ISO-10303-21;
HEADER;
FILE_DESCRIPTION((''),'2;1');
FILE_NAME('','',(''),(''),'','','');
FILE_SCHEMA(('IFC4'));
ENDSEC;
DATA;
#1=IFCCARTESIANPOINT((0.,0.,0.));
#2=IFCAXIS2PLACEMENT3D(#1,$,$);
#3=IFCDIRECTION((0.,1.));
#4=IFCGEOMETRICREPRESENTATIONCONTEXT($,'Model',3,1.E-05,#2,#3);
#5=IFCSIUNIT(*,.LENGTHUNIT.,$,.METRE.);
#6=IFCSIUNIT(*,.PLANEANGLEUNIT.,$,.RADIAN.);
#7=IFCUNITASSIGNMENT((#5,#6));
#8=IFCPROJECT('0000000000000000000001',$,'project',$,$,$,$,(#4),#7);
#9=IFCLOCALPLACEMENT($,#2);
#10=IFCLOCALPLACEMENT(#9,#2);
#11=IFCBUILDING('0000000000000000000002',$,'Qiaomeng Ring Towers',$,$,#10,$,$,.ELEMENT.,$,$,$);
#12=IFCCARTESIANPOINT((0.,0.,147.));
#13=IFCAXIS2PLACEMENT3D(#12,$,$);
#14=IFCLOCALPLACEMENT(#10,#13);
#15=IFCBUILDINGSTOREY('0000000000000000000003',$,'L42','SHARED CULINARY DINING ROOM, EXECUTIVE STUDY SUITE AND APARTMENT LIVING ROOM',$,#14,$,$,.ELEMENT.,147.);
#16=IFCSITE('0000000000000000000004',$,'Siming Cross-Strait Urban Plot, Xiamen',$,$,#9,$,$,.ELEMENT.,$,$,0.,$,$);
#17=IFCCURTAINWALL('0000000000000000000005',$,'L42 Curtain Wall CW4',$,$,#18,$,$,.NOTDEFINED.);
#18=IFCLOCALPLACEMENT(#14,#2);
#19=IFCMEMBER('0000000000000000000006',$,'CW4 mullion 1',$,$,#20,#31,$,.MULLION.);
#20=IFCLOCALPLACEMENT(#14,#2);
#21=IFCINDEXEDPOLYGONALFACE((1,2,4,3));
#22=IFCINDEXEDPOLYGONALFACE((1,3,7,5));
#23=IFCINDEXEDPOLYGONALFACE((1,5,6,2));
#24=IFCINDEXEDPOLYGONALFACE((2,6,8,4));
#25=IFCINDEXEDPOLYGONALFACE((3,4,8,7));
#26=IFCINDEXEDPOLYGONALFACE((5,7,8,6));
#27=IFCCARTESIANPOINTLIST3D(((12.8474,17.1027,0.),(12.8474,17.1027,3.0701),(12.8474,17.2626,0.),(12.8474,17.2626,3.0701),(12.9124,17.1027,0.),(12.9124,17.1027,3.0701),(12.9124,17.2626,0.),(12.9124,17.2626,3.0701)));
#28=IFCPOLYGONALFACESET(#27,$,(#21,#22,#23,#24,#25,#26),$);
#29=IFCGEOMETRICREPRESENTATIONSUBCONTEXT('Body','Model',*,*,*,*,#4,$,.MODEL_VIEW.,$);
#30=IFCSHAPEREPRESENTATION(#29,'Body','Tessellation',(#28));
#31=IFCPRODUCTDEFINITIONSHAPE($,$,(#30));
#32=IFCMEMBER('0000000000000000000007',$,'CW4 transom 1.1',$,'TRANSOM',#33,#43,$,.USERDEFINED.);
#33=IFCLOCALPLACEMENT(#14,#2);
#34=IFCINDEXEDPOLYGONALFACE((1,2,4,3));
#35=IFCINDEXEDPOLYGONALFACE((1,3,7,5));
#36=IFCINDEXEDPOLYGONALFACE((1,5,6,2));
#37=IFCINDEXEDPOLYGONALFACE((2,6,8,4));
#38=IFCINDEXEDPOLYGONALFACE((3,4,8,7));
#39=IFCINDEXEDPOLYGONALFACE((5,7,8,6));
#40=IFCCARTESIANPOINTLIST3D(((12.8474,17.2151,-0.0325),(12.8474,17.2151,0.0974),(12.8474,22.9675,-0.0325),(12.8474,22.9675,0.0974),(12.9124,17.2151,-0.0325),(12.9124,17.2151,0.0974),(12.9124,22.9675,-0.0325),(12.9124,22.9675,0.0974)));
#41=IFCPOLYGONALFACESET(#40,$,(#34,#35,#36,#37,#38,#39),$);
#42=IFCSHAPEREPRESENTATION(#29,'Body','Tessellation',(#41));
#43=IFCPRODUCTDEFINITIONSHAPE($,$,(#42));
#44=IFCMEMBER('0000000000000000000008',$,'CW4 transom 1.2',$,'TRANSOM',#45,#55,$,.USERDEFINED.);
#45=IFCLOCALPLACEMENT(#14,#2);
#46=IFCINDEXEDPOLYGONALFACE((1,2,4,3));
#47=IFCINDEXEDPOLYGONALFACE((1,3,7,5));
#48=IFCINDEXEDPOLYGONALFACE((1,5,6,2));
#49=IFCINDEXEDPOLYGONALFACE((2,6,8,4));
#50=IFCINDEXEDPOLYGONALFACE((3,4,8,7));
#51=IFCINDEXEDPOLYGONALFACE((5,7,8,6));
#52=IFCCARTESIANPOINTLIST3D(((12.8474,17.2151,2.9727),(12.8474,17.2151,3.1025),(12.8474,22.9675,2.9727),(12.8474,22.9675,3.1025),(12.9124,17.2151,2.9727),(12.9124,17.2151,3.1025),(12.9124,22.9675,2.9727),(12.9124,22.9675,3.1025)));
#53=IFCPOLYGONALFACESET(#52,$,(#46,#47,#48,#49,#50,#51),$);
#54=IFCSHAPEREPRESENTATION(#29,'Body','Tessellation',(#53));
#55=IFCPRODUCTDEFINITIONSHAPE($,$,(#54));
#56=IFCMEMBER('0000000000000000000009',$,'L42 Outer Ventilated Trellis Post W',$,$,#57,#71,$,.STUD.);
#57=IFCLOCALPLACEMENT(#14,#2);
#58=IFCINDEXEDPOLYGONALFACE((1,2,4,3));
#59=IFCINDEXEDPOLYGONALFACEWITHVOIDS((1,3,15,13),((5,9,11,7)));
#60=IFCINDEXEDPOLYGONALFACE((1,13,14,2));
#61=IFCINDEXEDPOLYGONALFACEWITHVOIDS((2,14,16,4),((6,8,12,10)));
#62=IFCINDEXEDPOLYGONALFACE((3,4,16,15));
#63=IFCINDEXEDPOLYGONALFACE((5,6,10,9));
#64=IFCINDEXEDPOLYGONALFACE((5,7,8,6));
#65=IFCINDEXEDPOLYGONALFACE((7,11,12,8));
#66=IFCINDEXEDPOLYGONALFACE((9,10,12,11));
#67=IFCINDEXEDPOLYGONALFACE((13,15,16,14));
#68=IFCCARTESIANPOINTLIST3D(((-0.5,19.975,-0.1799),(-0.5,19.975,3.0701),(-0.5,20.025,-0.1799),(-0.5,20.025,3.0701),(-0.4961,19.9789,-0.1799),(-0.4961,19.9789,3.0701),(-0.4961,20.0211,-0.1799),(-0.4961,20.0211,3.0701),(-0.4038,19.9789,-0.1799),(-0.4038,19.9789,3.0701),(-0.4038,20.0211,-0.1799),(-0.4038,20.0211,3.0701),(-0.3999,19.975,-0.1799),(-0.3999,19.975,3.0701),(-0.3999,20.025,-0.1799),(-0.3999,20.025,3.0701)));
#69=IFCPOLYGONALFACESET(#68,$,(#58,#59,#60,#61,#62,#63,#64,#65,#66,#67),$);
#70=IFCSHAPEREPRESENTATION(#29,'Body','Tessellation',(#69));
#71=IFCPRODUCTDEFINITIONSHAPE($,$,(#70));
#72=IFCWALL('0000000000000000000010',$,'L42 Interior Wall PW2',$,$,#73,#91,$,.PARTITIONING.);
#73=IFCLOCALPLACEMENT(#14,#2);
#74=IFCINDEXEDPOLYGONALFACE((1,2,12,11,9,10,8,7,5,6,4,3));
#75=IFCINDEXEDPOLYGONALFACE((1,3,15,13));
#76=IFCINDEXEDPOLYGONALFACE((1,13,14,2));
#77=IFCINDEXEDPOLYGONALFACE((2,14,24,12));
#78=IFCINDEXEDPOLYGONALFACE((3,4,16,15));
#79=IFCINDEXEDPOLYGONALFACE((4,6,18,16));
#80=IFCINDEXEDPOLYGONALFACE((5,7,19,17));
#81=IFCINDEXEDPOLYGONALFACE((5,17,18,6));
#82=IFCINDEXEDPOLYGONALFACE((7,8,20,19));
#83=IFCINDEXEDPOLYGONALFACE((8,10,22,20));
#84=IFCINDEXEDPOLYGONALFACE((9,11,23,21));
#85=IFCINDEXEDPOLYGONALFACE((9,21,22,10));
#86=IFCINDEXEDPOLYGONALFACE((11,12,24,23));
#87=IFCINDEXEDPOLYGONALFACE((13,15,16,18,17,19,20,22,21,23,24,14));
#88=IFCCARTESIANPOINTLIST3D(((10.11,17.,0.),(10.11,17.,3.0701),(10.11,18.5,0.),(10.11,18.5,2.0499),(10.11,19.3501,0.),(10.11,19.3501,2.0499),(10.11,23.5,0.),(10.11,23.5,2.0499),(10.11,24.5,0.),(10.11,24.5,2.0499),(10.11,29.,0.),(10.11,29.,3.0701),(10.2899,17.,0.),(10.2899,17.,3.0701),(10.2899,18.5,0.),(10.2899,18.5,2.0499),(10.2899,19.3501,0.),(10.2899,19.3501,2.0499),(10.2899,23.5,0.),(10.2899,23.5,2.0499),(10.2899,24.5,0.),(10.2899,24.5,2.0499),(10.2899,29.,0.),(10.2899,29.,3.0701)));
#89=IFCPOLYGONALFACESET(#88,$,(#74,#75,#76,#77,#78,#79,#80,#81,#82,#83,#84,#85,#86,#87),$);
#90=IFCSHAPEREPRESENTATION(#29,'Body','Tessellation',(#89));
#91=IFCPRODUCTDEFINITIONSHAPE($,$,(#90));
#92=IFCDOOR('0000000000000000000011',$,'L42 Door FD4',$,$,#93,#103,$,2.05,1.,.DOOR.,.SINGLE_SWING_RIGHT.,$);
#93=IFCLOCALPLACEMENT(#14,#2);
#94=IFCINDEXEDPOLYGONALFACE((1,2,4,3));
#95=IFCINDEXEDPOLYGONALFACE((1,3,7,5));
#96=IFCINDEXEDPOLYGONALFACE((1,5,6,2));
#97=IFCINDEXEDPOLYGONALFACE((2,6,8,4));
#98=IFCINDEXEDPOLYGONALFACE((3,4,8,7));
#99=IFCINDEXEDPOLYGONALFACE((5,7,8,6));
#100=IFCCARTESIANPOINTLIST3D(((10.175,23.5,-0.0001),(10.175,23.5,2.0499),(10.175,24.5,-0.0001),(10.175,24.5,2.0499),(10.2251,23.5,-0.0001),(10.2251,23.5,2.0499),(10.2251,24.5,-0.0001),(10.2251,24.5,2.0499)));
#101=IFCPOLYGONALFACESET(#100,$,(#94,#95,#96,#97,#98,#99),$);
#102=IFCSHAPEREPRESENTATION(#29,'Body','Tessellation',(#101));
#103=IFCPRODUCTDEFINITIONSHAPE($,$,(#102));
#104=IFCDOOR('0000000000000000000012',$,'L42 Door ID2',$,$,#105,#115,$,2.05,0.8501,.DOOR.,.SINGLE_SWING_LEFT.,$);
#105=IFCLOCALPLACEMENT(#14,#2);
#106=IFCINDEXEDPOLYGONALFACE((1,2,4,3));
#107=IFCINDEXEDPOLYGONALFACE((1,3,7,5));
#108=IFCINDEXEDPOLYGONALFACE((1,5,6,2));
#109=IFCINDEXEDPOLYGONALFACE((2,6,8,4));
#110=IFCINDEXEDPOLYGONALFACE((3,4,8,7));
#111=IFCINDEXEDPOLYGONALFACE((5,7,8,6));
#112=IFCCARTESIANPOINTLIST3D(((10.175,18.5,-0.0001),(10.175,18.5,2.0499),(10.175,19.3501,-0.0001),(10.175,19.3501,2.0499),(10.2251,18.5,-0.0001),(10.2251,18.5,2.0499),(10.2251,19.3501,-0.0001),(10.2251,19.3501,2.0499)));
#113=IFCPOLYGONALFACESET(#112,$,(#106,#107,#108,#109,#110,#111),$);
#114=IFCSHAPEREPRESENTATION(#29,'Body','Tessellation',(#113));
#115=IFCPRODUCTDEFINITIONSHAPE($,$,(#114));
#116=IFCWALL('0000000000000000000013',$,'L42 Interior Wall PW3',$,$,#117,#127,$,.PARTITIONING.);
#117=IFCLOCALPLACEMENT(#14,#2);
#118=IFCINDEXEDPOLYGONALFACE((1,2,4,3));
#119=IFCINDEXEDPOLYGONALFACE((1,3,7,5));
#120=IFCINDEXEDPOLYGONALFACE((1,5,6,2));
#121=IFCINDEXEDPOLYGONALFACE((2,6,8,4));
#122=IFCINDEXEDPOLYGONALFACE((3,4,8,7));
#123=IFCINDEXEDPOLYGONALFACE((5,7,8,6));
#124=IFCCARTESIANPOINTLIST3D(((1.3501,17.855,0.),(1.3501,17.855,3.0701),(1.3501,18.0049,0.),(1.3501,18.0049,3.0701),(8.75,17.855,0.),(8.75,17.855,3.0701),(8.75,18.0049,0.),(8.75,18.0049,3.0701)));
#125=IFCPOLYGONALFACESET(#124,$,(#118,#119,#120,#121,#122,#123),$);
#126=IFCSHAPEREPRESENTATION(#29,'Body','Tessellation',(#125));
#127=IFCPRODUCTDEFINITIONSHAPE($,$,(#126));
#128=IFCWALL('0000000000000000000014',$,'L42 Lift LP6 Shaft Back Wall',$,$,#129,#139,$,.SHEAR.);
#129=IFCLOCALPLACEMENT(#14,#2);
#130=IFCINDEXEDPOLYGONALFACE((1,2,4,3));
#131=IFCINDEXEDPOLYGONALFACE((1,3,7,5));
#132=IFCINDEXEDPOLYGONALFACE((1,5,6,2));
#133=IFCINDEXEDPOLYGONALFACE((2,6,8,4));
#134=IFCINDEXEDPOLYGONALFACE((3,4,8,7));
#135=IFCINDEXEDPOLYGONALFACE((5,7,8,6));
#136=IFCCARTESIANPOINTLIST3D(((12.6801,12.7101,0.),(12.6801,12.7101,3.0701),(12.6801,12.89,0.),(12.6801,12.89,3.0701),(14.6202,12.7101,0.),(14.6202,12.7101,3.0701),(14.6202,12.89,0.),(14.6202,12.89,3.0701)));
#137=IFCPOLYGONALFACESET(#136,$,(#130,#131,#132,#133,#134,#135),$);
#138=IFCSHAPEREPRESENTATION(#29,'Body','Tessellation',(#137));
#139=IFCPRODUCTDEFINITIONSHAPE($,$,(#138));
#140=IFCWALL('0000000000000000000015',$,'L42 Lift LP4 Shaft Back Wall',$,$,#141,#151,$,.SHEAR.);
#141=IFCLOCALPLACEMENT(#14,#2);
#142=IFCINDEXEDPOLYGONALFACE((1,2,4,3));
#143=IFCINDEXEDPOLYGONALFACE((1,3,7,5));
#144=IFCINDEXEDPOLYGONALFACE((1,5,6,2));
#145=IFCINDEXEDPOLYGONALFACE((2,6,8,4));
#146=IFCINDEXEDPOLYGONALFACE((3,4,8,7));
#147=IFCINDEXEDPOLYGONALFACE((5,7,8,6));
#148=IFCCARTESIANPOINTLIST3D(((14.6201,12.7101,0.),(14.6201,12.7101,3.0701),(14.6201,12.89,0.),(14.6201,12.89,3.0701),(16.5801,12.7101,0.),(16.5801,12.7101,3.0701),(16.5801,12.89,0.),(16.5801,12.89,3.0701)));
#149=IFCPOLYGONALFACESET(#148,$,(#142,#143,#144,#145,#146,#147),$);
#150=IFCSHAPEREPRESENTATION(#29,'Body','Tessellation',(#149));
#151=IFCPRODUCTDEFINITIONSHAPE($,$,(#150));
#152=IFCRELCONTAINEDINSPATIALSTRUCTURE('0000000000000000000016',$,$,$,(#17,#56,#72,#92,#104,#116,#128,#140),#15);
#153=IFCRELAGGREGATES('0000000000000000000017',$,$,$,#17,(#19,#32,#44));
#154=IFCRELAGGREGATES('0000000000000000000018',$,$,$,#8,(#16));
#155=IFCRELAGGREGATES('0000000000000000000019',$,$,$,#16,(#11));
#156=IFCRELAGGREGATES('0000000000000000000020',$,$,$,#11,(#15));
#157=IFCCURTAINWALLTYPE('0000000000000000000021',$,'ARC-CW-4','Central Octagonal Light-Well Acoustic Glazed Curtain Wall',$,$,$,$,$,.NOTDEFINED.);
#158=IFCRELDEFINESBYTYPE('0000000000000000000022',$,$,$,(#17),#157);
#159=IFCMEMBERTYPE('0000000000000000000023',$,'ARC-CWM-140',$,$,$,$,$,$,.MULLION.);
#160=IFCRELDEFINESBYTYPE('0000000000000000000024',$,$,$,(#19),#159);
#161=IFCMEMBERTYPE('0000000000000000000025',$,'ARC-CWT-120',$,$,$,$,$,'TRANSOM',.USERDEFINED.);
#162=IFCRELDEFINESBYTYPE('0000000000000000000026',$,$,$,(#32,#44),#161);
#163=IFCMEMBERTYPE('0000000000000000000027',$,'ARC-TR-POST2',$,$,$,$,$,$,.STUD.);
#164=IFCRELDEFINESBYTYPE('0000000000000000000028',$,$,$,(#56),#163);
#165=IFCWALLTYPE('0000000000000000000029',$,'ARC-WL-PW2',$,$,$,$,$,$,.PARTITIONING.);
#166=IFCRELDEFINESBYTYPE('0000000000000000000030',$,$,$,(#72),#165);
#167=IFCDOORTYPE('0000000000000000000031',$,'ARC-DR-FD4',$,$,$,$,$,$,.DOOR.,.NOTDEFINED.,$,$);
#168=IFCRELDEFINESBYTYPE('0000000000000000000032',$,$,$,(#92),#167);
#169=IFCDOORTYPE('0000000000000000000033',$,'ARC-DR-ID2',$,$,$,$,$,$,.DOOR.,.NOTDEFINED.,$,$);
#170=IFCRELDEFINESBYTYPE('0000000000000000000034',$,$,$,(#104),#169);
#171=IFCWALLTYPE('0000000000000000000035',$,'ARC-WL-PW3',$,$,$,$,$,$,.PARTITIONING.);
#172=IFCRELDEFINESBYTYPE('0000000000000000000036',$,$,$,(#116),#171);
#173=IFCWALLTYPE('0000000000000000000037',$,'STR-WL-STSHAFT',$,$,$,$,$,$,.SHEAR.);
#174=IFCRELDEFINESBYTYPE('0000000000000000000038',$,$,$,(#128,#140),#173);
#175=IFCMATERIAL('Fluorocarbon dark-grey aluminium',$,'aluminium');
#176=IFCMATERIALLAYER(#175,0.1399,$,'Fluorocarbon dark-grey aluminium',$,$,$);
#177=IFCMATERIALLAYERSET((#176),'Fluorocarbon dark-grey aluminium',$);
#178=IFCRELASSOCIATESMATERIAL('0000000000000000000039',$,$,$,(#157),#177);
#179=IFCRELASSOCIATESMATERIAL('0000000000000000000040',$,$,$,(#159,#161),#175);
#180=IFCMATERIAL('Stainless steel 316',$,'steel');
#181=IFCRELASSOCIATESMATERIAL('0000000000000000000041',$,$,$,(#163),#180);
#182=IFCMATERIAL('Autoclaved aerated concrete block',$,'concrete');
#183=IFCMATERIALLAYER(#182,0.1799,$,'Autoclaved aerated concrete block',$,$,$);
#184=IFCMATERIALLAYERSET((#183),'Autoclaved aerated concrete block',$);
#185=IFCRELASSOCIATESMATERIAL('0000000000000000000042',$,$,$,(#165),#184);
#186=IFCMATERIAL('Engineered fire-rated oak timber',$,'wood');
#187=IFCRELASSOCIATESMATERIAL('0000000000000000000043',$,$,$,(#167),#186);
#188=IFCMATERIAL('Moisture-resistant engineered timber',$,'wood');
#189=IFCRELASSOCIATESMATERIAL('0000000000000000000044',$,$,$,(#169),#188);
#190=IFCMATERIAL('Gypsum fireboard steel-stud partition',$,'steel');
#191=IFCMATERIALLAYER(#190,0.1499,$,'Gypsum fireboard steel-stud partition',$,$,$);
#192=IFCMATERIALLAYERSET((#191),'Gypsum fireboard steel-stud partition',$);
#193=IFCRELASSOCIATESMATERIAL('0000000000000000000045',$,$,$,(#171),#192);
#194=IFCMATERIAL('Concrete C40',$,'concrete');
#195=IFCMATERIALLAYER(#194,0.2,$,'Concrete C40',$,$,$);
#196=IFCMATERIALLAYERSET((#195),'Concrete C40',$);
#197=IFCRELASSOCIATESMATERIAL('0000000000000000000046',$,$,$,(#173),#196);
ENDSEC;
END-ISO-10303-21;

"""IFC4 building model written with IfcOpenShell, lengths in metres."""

from ifc_helpers import new_model, si_unit, direction, frame, frame_2d, origin, origin_2d, place, context, subcontext, project, spatial, rectangle, hollow_rectangle, extrude, source, transform, mapped, material, layer, layer_set, material_profile, profile_set, type_object, element, fill, aggregate, save


model = new_model("IFC4")

# Units and contexts
model_context = context("Model", 3, precision=1e-05, world=origin(), true_north=direction((0.0, 1.0)))
body_context = subcontext(model_context, "Body", "Model", "MODEL_VIEW")
ifc_project = project(units=[si_unit("LENGTHUNIT", "METRE"), si_unit("PLANEANGLEUNIT", "RADIAN")], contexts=[model_context])

# Site, building, storey
site_placement = place(None, origin())
site = spatial("IfcSite", under=ifc_project, at=site_placement, Name="Siming Cross-Strait Urban Plot, Xiamen", CompositionType="ELEMENT", RefElevation=0.0)
building_placement = place(site_placement, origin())
building = spatial("IfcBuilding", under=site, at=building_placement, Name="Qiaomeng Ring Towers", CompositionType="ELEMENT")
storey_placement = place(building_placement, frame((0.0, 0.0, 147.0)))
storey = spatial("IfcBuildingStorey", under=building, at=storey_placement, Name="L42", Description="SHARED CULINARY DINING ROOM, EXECUTIVE STUDY SUITE AND APARTMENT LIVING ROOM", CompositionType="ELEMENT", Elevation=147.0)

# Curtain wall, members
ifc_material_1 = material(Name="Fluorocarbon dark-grey aluminium", Category="aluminium")
ifc_layer_1 = layer(ifc_material_1, 0.1399, Name="Fluorocarbon dark-grey aluminium")
ifc_layer_set_1 = layer_set([ifc_layer_1], Name="Fluorocarbon dark-grey aluminium")
curtain_wall_type = type_object("IfcCurtainWallType", Name="ARC-CW-4", Description="Central Octagonal Light-Well Acoustic Glazed Curtain Wall", PredefinedType="NOTDEFINED", material=ifc_layer_set_1)
curtain_wall_placement = place(storey_placement, origin())
curtain_wall = element("IfcCurtainWall", 1, at=curtain_wall_placement, inside=storey, type_object=curtain_wall_type, Name="L42 Curtain Wall CW4", PredefinedType="NOTDEFINED")
ifc_material_profile_1 = material_profile(ifc_material_1, rectangle(XDim=0.0649, YDim=0.1599, at=origin_2d()), Name="ALU MULL 65x160")
ifc_profile_set_1 = profile_set([ifc_material_profile_1], Name="Fluorocarbon dark-grey aluminium")
member_type_1 = type_object("IfcMemberType", Name="ARC-CWM-140", PredefinedType="MULLION", material=ifc_profile_set_1)
shared_shape_1 = source(origin(), body_context, "Body", "SweptSolid", [
    extrude(rectangle(XDim=0.0649, YDim=0.1599, at=origin_2d()), origin(), (0.0, 0.0, 1.0), 3.0701),
])
member_1_placement = place(storey_placement, frame((12.8799, 17.1826, 0.0), z_axis=(0.0, 0.0, 1.0), x_axis=(-1.0, 0.0, 0.0)))
member_1 = element("IfcMember", 2, at=member_1_placement, type_object=member_type_1, Name="CW4 mullion 1", PredefinedType="MULLION", context=body_context, shape_type="MappedRepresentation", body=[
    mapped(shared_shape_1, transform((0.0, 0.0, 0.0), x_axis=(1.0, 0.0, 0.0), y_axis=(0.0, 1.0, 0.0), z_axis=(0.0, 0.0, 1.0), scale=1.0)),
])
ifc_material_profile_2 = material_profile(ifc_material_1, rectangle(XDim=0.0649, YDim=0.1299, at=origin_2d()), Name="ALU TRAN 65x130")
ifc_profile_set_2 = profile_set([ifc_material_profile_2], Name="Fluorocarbon dark-grey aluminium")
member_type_2 = type_object("IfcMemberType", Name="ARC-CWT-120", ElementType="TRANSOM", PredefinedType="USERDEFINED", material=ifc_profile_set_2)
shared_shape_2 = source(origin(), body_context, "Body", "SweptSolid", [
    extrude(rectangle(XDim=0.0649, YDim=0.1299, at=origin_2d()), origin(), (0.0, 0.0, 1.0), 5.7524),
])
member_2_placement = place(storey_placement, frame((12.8799, 17.2151, 0.0325), z_axis=(0.0, 1.0, 0.0), x_axis=(-1.0, 0.0, 0.0)))
member_2 = element("IfcMember", 3, at=member_2_placement, type_object=member_type_2, Name="CW4 transom 1.1", ObjectType="TRANSOM", PredefinedType="USERDEFINED", context=body_context, shape_type="MappedRepresentation", body=[
    mapped(shared_shape_2, transform((0.0, 0.0, 0.0), x_axis=(1.0, 0.0, 0.0), y_axis=(0.0, 1.0, 0.0), z_axis=(0.0, 0.0, 1.0), scale=1.0)),
])
member_3_placement = place(storey_placement, frame((12.8799, 17.2151, 3.0376), z_axis=(0.0, 1.0, 0.0), x_axis=(-1.0, 0.0, 0.0)))
member_3 = element("IfcMember", 4, at=member_3_placement, type_object=member_type_2, Name="CW4 transom 1.2", ObjectType="TRANSOM", PredefinedType="USERDEFINED", context=body_context, shape_type="MappedRepresentation", body=[
    mapped(shared_shape_2, transform((0.0, 0.0, 0.0), x_axis=(1.0, 0.0, 0.0), y_axis=(0.0, 1.0, 0.0), z_axis=(0.0, 0.0, 1.0), scale=1.0)),
])
aggregate(curtain_wall, [member_1, member_2, member_3])

# Member
ifc_material_2 = material(Name="Stainless steel 316", Category="steel")
ifc_material_profile_3 = material_profile(ifc_material_2, hollow_rectangle(XDim=0.05, YDim=0.1001, WallThickness=0.0039, at=origin_2d()), Name="SS TRELLIS 100x50")
ifc_profile_set_3 = profile_set([ifc_material_profile_3], Name="Stainless steel 316")
member_type_3 = type_object("IfcMemberType", Name="ARC-TR-POST2", PredefinedType="STUD", material=ifc_profile_set_3)
shared_shape_3 = source(origin(), body_context, "Body", "SweptSolid", [
    extrude(hollow_rectangle(XDim=0.05, YDim=0.1001, WallThickness=0.0039, at=origin_2d()), origin(), (0.0, 0.0, 1.0), 3.25),
])
member_4_placement = place(storey_placement, frame((-0.45, 20.0, -0.1799), z_axis=(0.0, 0.0, 1.0), x_axis=(0.0, 1.0, 0.0)))
element("IfcMember", 5, at=member_4_placement, inside=storey, type_object=member_type_3, Name="L42 Outer Ventilated Trellis Post W", PredefinedType="STUD", context=body_context, shape_type="MappedRepresentation", body=[
    mapped(shared_shape_3, transform((0.0, 0.0, 0.0), x_axis=(1.0, 0.0, 0.0), y_axis=(0.0, 1.0, 0.0), z_axis=(0.0, 0.0, 1.0), scale=1.0)),
])

# Wall, openings, doors
ifc_material_3 = material(Name="Autoclaved aerated concrete block", Category="concrete")
ifc_layer_2 = layer(ifc_material_3, 0.1799, Name="Autoclaved aerated concrete block")
ifc_layer_set_2 = layer_set([ifc_layer_2], Name="Autoclaved aerated concrete block")
wall_type_1 = type_object("IfcWallType", Name="ARC-WL-PW2", PredefinedType="PARTITIONING", material=ifc_layer_set_2)
wall_1_placement = place(storey_placement, frame((10.2, 17.0, 0.0), z_axis=(0.0, 0.0, 1.0), x_axis=(0.0, 1.0, 0.0)))
wall_1 = element("IfcWall", 6, at=wall_1_placement, inside=storey, type_object=wall_type_1, Name="L42 Interior Wall PW2", PredefinedType="PARTITIONING", context=body_context, shape_type="SweptSolid", body=[
    extrude(rectangle(XDim=12.0, YDim=0.1799, at=frame_2d((6.0, 0.0))), origin(), (0.0, 0.0, 1.0), 3.0701),
])
opening_1_placement = place(wall_1_placement, frame((1.5, 0.0, 0.0)))
opening_1 = element("IfcOpeningElement", 7, at=opening_1_placement, cuts=wall_1, PredefinedType="OPENING", context=body_context, shape_type="SweptSolid", body=[
    extrude(rectangle(XDim=0.8501, YDim=2.05, at=frame_2d((0.425, 1.0249))), frame((0.0, 0.0999, 0.0), z_axis=(0.0, -1.0, 0.0), x_axis=(1.0, 0.0, 0.0)), (0.0, 0.0, 1.0), 0.2),
])
opening_2_placement = place(wall_1_placement, frame((6.5, 0.0, 0.0)))
opening_2 = element("IfcOpeningElement", 8, at=opening_2_placement, cuts=wall_1, PredefinedType="OPENING", context=body_context, shape_type="SweptSolid", body=[
    extrude(rectangle(XDim=1.0, YDim=2.05, at=frame_2d((0.5, 1.0249))), frame((0.0, 0.0999, 0.0), z_axis=(0.0, -1.0, 0.0), x_axis=(1.0, 0.0, 0.0)), (0.0, 0.0, 1.0), 0.2),
])
ifc_material_4 = material(Name="Engineered fire-rated oak timber", Category="wood")
door_type_1 = type_object("IfcDoorType", Name="ARC-DR-FD4", OperationType="NOTDEFINED", PredefinedType="DOOR", material=ifc_material_4)
shared_shape_4 = source(origin(), body_context, "Body", "SweptSolid", [
    extrude(rectangle(XDim=1.0, YDim=2.05, at=frame_2d((0.5, 1.0249))), frame((0.0, 0.0249, 0.0), z_axis=(0.0, -1.0, 0.0), x_axis=(1.0, 0.0, 0.0)), (0.0, 0.0, 1.0), 0.05),
])
door_1_placement = place(opening_2_placement, origin())
door_1 = element("IfcDoor", 9, at=door_1_placement, inside=storey, type_object=door_type_1, Name="L42 Door FD4", OperationType="SINGLE_SWING_RIGHT", OverallHeight=2.05, OverallWidth=1.0, PredefinedType="DOOR", context=body_context, shape_type="MappedRepresentation", body=[
    mapped(shared_shape_4, transform((0.0, 0.0, 0.0), x_axis=(1.0, 0.0, 0.0), y_axis=(0.0, 1.0, 0.0), z_axis=(0.0, 0.0, 1.0), scale=1.0)),
])
fill(opening_2, door_1)
ifc_material_5 = material(Name="Moisture-resistant engineered timber", Category="wood")
door_type_2 = type_object("IfcDoorType", Name="ARC-DR-ID2", OperationType="NOTDEFINED", PredefinedType="DOOR", material=ifc_material_5)
shared_shape_5 = source(origin(), body_context, "Body", "SweptSolid", [
    extrude(rectangle(XDim=0.8501, YDim=2.05, at=frame_2d((0.425, 1.0249))), frame((0.0, 0.0249, 0.0), z_axis=(0.0, -1.0, 0.0), x_axis=(1.0, 0.0, 0.0)), (0.0, 0.0, 1.0), 0.05),
])
door_2_placement = place(opening_1_placement, origin())
door_2 = element("IfcDoor", 10, at=door_2_placement, inside=storey, type_object=door_type_2, Name="L42 Door ID2", OperationType="SINGLE_SWING_LEFT", OverallHeight=2.05, OverallWidth=0.8501, PredefinedType="DOOR", context=body_context, shape_type="MappedRepresentation", body=[
    mapped(shared_shape_5, transform((0.0, 0.0, 0.0), x_axis=(1.0, 0.0, 0.0), y_axis=(0.0, 1.0, 0.0), z_axis=(0.0, 0.0, 1.0), scale=1.0)),
])
fill(opening_1, door_2)

# Walls
ifc_material_6 = material(Name="Gypsum fireboard steel-stud partition", Category="steel")
ifc_layer_3 = layer(ifc_material_6, 0.1499, Name="Gypsum fireboard steel-stud partition")
ifc_layer_set_3 = layer_set([ifc_layer_3], Name="Gypsum fireboard steel-stud partition")
wall_type_2 = type_object("IfcWallType", Name="ARC-WL-PW3", PredefinedType="PARTITIONING", material=ifc_layer_set_3)
wall_2_placement = place(storey_placement, frame((1.3501, 17.9299, 0.0), z_axis=(0.0, 0.0, 1.0), x_axis=(1.0, 0.0, 0.0)))
element("IfcWall", 11, at=wall_2_placement, inside=storey, type_object=wall_type_2, Name="L42 Interior Wall PW3", PredefinedType="PARTITIONING", context=body_context, shape_type="SweptSolid", body=[
    extrude(rectangle(XDim=7.3999, YDim=0.1499, at=frame_2d((3.7, 0.0))), origin(), (0.0, 0.0, 1.0), 3.0701),
])
ifc_material_7 = material(Name="Concrete C40", Category="concrete")
ifc_layer_4 = layer(ifc_material_7, 0.2, Name="Concrete C40")
ifc_layer_set_4 = layer_set([ifc_layer_4], Name="Concrete C40")
wall_type_3 = type_object("IfcWallType", Name="STR-WL-STSHAFT", PredefinedType="SHEAR", material=ifc_layer_set_4)
wall_3_placement = place(storey_placement, frame((12.6799, 12.8, 0.0), z_axis=(0.0, 0.0, 1.0), x_axis=(1.0, 0.0, 0.0)))
element("IfcWall", 12, at=wall_3_placement, inside=storey, type_object=wall_type_3, Name="L42 Lift LP6 Shaft Back Wall", PredefinedType="SHEAR", context=body_context, shape_type="SweptSolid", body=[
    extrude(rectangle(XDim=1.9402, YDim=0.1799, at=frame_2d((0.9702, 0.0))), origin(), (0.0, 0.0, 1.0), 3.0701),
])
wall_4_placement = place(storey_placement, frame((14.6201, 12.8, 0.0), z_axis=(0.0, 0.0, 1.0), x_axis=(1.0, 0.0, 0.0)))
element("IfcWall", 13, at=wall_4_placement, inside=storey, type_object=wall_type_3, Name="L42 Lift LP4 Shaft Back Wall", PredefinedType="SHEAR", context=body_context, shape_type="SweptSolid", body=[
    extrude(rectangle(XDim=1.96, YDim=0.1799, at=frame_2d((0.98, 0.0))), origin(), (0.0, 0.0, 1.0), 3.0701),
])

save(model, "model.ifc")
